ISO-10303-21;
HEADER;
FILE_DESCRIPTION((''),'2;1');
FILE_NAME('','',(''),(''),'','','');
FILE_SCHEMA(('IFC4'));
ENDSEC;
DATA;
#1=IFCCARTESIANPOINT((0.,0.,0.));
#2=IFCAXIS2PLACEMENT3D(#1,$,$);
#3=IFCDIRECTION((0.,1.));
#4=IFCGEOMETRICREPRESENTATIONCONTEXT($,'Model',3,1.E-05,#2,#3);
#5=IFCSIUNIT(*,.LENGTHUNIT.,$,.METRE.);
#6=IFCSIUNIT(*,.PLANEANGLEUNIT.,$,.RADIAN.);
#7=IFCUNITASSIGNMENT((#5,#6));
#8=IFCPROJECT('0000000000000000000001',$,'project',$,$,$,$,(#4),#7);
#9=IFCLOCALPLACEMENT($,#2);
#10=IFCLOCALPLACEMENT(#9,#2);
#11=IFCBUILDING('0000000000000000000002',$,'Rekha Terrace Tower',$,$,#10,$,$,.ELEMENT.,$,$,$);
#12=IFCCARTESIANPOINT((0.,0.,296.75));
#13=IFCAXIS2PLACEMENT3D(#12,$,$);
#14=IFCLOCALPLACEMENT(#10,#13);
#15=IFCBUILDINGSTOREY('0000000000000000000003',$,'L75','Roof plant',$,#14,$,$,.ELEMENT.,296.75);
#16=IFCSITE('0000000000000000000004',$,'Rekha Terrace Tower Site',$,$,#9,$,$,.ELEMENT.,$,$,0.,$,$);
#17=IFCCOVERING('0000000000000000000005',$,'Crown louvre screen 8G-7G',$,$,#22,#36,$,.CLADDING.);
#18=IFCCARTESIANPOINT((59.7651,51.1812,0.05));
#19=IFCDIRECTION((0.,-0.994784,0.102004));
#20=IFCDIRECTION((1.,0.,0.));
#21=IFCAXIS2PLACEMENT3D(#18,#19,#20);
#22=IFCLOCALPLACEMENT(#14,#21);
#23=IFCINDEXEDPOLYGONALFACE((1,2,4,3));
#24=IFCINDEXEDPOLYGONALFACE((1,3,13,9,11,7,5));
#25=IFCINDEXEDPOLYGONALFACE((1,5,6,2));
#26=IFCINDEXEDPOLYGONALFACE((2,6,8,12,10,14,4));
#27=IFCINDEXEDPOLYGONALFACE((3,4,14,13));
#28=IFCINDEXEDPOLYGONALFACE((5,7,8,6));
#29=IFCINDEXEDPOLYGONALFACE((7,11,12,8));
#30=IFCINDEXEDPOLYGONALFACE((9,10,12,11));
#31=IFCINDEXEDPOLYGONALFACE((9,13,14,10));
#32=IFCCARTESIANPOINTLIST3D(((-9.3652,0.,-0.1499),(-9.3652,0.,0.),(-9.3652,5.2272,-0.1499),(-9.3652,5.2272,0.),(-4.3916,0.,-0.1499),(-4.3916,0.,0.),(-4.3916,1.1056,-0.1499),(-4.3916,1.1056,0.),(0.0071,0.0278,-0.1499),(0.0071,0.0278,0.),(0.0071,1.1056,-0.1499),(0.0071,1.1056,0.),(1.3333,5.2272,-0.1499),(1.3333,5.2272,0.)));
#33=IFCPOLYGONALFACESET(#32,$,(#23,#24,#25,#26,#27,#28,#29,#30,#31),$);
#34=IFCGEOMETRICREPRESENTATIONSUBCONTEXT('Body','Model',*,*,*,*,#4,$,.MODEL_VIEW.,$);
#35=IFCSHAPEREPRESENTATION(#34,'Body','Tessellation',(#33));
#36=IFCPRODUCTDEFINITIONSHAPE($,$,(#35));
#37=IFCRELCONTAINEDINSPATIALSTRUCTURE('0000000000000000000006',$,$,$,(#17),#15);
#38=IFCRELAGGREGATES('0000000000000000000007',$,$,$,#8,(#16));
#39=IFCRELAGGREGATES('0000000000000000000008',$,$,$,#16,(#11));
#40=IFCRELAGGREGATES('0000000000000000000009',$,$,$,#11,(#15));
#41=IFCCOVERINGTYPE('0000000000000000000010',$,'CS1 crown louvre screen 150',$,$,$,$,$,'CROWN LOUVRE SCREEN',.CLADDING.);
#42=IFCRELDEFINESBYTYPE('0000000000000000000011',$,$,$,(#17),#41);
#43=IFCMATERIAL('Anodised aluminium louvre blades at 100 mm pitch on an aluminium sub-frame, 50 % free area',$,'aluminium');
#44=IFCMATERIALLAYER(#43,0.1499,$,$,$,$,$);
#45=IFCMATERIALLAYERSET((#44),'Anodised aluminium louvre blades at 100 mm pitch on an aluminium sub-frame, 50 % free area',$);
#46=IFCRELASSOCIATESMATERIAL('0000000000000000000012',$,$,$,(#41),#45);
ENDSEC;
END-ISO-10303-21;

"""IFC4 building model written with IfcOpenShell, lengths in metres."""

from ifc_helpers import new_model, si_unit, direction, frame, origin, place, context, subcontext, project, spatial, polyline, outline, extrude, material, layer, layer_set, type_object, element, save


model = new_model("IFC4")

# Units and contexts
model_context = context("Model", 3, precision=1e-05, world=origin(), true_north=direction((0.0, 1.0)))
body_context = subcontext(model_context, "Body", "Model", "MODEL_VIEW")
ifc_project = project(units=[si_unit("LENGTHUNIT", "METRE"), si_unit("PLANEANGLEUNIT", "RADIAN")], contexts=[model_context])

# Site, building, storey
site_placement = place(None, origin())
site = spatial("IfcSite", under=ifc_project, at=site_placement, Name="Rekha Terrace Tower Site", CompositionType="ELEMENT", RefElevation=0.0)
building_placement = place(site_placement, origin())
building = spatial("IfcBuilding", under=site, at=building_placement, Name="Rekha Terrace Tower", CompositionType="ELEMENT")
storey_placement = place(building_placement, frame((0.0, 0.0, 296.75)))
storey = spatial("IfcBuildingStorey", under=building, at=storey_placement, Name="L75", Description="Roof plant", CompositionType="ELEMENT", Elevation=296.75)

# Covering
ifc_material_1 = material(Name="Anodised aluminium louvre blades at 100 mm pitch on an aluminium sub-frame, 50 % free area", Category="aluminium")
ifc_layer_1 = layer(ifc_material_1, 0.1499)
ifc_layer_set_1 = layer_set([ifc_layer_1], Name="Anodised aluminium louvre blades at 100 mm pitch on an aluminium sub-frame, 50 % free area")
covering_type_1 = type_object("IfcCoveringType", Name="CS1 crown louvre screen 150", ElementType="CROWN LOUVRE SCREEN", PredefinedType="CLADDING", material=ifc_layer_set_1)
covering_1_placement = place(storey_placement, frame((59.7651, 51.1812, 0.05), z_axis=(0.0, -0.994784, 0.102004), x_axis=(1.0, 0.0, 0.0)))
element("IfcCovering", 1, at=covering_1_placement, inside=storey, type_object=covering_type_1, Name="Crown louvre screen 8G-7G", PredefinedType="CLADDING", context=body_context, shape_type="SweptSolid", body=[
    extrude(outline(polyline([(0.0, 0.0), (0.0071, 0.0), (0.0071, 1.1056), (-4.3916, 1.1056), (-4.3916, 0.0), (-9.3652, 0.0), (-9.3652, 5.2272), (1.3333, 5.2272), (0.0, 0.0)])), origin(), (0.0, 0.0, -1.0), 0.1499),
])

save(model, "model.ifc")
